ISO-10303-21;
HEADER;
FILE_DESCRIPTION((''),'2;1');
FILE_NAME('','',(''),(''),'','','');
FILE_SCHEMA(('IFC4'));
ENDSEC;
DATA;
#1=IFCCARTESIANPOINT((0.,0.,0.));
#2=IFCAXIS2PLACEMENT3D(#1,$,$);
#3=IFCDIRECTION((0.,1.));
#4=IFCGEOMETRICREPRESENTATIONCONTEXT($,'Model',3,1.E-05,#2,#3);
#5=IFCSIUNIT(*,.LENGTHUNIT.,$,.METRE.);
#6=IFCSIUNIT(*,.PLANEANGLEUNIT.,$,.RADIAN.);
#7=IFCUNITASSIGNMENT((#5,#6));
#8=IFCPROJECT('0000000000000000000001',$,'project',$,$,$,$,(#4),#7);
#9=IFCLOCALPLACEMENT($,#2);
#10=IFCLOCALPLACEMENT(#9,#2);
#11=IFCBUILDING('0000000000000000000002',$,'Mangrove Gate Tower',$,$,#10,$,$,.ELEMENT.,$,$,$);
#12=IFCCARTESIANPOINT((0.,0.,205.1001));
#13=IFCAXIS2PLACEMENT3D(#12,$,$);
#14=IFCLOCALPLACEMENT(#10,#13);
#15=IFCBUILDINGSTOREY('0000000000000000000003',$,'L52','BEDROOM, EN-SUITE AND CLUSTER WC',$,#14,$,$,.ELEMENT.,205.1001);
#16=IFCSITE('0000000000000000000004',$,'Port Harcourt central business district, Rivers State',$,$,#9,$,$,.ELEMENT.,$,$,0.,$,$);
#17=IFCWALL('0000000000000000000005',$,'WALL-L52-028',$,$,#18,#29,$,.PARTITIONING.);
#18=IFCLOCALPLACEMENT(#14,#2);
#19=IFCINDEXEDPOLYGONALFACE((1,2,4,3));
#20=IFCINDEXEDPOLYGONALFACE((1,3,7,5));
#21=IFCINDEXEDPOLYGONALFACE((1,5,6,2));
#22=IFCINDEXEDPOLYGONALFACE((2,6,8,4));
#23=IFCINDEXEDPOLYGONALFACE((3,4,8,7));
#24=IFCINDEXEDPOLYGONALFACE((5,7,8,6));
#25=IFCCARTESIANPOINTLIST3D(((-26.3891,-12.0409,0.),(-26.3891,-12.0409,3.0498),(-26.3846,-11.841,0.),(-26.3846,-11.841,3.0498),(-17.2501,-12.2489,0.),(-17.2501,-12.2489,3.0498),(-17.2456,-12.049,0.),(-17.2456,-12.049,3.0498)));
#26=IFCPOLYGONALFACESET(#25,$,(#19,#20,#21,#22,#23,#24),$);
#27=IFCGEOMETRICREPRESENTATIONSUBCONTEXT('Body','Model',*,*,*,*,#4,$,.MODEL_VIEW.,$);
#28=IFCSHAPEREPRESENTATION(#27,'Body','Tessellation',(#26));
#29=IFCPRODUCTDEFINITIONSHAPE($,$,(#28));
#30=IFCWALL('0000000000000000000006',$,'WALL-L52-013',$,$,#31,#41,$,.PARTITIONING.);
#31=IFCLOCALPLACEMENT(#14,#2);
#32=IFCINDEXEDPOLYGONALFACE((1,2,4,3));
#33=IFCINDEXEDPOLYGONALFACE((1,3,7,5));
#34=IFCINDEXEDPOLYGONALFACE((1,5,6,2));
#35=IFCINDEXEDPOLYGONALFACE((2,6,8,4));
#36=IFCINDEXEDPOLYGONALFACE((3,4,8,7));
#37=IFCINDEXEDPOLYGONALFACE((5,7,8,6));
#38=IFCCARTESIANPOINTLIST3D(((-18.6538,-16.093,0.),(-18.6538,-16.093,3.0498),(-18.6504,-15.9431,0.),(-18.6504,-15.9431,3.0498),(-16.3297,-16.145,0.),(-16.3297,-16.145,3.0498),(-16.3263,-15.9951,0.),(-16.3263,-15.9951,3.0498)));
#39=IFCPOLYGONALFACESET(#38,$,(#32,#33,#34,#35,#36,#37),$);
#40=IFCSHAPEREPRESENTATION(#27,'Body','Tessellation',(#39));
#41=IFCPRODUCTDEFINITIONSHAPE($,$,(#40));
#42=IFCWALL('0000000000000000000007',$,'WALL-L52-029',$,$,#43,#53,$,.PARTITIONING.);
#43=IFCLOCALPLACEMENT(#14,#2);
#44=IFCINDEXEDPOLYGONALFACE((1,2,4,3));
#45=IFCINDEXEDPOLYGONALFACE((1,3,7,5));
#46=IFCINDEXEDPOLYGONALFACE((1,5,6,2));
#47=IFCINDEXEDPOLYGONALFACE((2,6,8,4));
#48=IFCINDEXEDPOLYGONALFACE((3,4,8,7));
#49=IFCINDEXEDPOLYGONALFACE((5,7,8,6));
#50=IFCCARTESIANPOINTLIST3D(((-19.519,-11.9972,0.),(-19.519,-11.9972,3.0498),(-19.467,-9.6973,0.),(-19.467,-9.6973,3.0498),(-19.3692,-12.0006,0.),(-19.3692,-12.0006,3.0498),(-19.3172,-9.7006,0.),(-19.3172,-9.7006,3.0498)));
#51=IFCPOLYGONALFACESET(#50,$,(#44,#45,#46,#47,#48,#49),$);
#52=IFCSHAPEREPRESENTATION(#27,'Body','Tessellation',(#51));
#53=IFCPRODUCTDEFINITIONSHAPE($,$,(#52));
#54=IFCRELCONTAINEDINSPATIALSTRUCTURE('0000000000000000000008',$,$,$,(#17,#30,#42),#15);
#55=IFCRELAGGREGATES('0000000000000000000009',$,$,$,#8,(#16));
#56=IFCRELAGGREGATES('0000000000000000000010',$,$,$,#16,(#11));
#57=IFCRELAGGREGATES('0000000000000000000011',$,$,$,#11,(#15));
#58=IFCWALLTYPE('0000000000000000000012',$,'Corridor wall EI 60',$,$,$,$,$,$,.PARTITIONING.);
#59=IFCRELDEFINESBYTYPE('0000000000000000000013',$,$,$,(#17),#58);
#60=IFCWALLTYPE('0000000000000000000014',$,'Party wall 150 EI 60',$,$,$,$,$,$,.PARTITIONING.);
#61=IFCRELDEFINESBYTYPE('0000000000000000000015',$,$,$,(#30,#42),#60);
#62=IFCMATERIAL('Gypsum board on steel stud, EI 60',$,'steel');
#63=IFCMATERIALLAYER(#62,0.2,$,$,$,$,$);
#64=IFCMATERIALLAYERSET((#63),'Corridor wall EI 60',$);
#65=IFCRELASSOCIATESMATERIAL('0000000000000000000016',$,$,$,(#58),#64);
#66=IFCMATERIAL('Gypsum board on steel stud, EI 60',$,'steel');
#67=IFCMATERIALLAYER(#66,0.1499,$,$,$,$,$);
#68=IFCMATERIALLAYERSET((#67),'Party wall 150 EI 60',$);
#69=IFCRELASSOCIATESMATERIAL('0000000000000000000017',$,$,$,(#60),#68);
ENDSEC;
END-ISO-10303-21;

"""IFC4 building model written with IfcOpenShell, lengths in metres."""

from ifc_helpers import new_model, si_unit, direction, frame, frame_2d, origin, place, context, subcontext, project, spatial, rectangle, extrude, material, layer, layer_set, type_object, element, save


model = new_model("IFC4")

# Units and contexts
model_context = context("Model", 3, precision=1e-05, world=origin(), true_north=direction((0.0, 1.0)))
body_context = subcontext(model_context, "Body", "Model", "MODEL_VIEW")
ifc_project = project(units=[si_unit("LENGTHUNIT", "METRE"), si_unit("PLANEANGLEUNIT", "RADIAN")], contexts=[model_context])

# Site, building, storey
site_placement = place(None, origin())
site = spatial("IfcSite", under=ifc_project, at=site_placement, Name="Port Harcourt central business district, Rivers State", CompositionType="ELEMENT", RefElevation=0.0)
building_placement = place(site_placement, origin())
building = spatial("IfcBuilding", under=site, at=building_placement, Name="Mangrove Gate Tower", CompositionType="ELEMENT")
storey_placement = place(building_placement, frame((0.0, 0.0, 205.1001)))
storey = spatial("IfcBuildingStorey", under=building, at=storey_placement, Name="L52", Description="BEDROOM, EN-SUITE AND CLUSTER WC", CompositionType="ELEMENT", Elevation=205.1001)

# Wall
ifc_material_1 = material(Name="Gypsum board on steel stud, EI 60", Category="steel")
ifc_layer_1 = layer(ifc_material_1, 0.2)
ifc_layer_set_1 = layer_set([ifc_layer_1], Name="Corridor wall EI 60")
wall_type_1 = type_object("IfcWallType", Name="Corridor wall EI 60", PredefinedType="PARTITIONING", material=ifc_layer_set_1)
wall_1_placement = place(storey_placement, frame((-26.387, -11.9409, 0.0), z_axis=(0.0, 0.0, 1.0), x_axis=(0.999741, -0.022755, 0.0)))
element("IfcWall", 1, at=wall_1_placement, inside=storey, type_object=wall_type_1, Name="WALL-L52-028", PredefinedType="PARTITIONING", context=body_context, shape_type="SweptSolid", body=[
    extrude(rectangle(XDim=9.1414, YDim=0.2, at=frame_2d((4.5708, 0.0))), origin(), (0.0, 0.0, 1.0), 3.0498),
])

# Walls
ifc_material_2 = material(Name="Gypsum board on steel stud, EI 60", Category="steel")
ifc_layer_2 = layer(ifc_material_2, 0.1499)
ifc_layer_set_2 = layer_set([ifc_layer_2], Name="Party wall 150 EI 60")
wall_type_2 = type_object("IfcWallType", Name="Party wall 150 EI 60", PredefinedType="PARTITIONING", material=ifc_layer_set_2)
wall_2_placement = place(storey_placement, frame((-18.6521, -16.0181, 0.0), z_axis=(0.0, 0.0, 1.0), x_axis=(0.99975, -0.022368, 0.0)))
element("IfcWall", 2, at=wall_2_placement, inside=storey, type_object=wall_type_2, Name="WALL-L52-013", PredefinedType="PARTITIONING", context=body_context, shape_type="SweptSolid", body=[
    extrude(rectangle(XDim=2.3247, YDim=0.1499, at=frame_2d((1.1624, 0.0))), origin(), (0.0, 0.0, 1.0), 3.0498),
])
wall_3_placement = place(storey_placement, frame((-19.4441, -11.999, 0.0), z_axis=(0.0, 0.0, 1.0), x_axis=(0.022603, 0.999745, 0.0)))
element("IfcWall", 3, at=wall_3_placement, inside=storey, type_object=wall_type_2, Name="WALL-L52-029", PredefinedType="PARTITIONING", context=body_context, shape_type="SweptSolid", body=[
    extrude(rectangle(XDim=2.3005, YDim=0.1499, at=frame_2d((1.1504, 0.0))), origin(), (0.0, 0.0, 1.0), 3.0498),
])

save(model, "model.ifc")
